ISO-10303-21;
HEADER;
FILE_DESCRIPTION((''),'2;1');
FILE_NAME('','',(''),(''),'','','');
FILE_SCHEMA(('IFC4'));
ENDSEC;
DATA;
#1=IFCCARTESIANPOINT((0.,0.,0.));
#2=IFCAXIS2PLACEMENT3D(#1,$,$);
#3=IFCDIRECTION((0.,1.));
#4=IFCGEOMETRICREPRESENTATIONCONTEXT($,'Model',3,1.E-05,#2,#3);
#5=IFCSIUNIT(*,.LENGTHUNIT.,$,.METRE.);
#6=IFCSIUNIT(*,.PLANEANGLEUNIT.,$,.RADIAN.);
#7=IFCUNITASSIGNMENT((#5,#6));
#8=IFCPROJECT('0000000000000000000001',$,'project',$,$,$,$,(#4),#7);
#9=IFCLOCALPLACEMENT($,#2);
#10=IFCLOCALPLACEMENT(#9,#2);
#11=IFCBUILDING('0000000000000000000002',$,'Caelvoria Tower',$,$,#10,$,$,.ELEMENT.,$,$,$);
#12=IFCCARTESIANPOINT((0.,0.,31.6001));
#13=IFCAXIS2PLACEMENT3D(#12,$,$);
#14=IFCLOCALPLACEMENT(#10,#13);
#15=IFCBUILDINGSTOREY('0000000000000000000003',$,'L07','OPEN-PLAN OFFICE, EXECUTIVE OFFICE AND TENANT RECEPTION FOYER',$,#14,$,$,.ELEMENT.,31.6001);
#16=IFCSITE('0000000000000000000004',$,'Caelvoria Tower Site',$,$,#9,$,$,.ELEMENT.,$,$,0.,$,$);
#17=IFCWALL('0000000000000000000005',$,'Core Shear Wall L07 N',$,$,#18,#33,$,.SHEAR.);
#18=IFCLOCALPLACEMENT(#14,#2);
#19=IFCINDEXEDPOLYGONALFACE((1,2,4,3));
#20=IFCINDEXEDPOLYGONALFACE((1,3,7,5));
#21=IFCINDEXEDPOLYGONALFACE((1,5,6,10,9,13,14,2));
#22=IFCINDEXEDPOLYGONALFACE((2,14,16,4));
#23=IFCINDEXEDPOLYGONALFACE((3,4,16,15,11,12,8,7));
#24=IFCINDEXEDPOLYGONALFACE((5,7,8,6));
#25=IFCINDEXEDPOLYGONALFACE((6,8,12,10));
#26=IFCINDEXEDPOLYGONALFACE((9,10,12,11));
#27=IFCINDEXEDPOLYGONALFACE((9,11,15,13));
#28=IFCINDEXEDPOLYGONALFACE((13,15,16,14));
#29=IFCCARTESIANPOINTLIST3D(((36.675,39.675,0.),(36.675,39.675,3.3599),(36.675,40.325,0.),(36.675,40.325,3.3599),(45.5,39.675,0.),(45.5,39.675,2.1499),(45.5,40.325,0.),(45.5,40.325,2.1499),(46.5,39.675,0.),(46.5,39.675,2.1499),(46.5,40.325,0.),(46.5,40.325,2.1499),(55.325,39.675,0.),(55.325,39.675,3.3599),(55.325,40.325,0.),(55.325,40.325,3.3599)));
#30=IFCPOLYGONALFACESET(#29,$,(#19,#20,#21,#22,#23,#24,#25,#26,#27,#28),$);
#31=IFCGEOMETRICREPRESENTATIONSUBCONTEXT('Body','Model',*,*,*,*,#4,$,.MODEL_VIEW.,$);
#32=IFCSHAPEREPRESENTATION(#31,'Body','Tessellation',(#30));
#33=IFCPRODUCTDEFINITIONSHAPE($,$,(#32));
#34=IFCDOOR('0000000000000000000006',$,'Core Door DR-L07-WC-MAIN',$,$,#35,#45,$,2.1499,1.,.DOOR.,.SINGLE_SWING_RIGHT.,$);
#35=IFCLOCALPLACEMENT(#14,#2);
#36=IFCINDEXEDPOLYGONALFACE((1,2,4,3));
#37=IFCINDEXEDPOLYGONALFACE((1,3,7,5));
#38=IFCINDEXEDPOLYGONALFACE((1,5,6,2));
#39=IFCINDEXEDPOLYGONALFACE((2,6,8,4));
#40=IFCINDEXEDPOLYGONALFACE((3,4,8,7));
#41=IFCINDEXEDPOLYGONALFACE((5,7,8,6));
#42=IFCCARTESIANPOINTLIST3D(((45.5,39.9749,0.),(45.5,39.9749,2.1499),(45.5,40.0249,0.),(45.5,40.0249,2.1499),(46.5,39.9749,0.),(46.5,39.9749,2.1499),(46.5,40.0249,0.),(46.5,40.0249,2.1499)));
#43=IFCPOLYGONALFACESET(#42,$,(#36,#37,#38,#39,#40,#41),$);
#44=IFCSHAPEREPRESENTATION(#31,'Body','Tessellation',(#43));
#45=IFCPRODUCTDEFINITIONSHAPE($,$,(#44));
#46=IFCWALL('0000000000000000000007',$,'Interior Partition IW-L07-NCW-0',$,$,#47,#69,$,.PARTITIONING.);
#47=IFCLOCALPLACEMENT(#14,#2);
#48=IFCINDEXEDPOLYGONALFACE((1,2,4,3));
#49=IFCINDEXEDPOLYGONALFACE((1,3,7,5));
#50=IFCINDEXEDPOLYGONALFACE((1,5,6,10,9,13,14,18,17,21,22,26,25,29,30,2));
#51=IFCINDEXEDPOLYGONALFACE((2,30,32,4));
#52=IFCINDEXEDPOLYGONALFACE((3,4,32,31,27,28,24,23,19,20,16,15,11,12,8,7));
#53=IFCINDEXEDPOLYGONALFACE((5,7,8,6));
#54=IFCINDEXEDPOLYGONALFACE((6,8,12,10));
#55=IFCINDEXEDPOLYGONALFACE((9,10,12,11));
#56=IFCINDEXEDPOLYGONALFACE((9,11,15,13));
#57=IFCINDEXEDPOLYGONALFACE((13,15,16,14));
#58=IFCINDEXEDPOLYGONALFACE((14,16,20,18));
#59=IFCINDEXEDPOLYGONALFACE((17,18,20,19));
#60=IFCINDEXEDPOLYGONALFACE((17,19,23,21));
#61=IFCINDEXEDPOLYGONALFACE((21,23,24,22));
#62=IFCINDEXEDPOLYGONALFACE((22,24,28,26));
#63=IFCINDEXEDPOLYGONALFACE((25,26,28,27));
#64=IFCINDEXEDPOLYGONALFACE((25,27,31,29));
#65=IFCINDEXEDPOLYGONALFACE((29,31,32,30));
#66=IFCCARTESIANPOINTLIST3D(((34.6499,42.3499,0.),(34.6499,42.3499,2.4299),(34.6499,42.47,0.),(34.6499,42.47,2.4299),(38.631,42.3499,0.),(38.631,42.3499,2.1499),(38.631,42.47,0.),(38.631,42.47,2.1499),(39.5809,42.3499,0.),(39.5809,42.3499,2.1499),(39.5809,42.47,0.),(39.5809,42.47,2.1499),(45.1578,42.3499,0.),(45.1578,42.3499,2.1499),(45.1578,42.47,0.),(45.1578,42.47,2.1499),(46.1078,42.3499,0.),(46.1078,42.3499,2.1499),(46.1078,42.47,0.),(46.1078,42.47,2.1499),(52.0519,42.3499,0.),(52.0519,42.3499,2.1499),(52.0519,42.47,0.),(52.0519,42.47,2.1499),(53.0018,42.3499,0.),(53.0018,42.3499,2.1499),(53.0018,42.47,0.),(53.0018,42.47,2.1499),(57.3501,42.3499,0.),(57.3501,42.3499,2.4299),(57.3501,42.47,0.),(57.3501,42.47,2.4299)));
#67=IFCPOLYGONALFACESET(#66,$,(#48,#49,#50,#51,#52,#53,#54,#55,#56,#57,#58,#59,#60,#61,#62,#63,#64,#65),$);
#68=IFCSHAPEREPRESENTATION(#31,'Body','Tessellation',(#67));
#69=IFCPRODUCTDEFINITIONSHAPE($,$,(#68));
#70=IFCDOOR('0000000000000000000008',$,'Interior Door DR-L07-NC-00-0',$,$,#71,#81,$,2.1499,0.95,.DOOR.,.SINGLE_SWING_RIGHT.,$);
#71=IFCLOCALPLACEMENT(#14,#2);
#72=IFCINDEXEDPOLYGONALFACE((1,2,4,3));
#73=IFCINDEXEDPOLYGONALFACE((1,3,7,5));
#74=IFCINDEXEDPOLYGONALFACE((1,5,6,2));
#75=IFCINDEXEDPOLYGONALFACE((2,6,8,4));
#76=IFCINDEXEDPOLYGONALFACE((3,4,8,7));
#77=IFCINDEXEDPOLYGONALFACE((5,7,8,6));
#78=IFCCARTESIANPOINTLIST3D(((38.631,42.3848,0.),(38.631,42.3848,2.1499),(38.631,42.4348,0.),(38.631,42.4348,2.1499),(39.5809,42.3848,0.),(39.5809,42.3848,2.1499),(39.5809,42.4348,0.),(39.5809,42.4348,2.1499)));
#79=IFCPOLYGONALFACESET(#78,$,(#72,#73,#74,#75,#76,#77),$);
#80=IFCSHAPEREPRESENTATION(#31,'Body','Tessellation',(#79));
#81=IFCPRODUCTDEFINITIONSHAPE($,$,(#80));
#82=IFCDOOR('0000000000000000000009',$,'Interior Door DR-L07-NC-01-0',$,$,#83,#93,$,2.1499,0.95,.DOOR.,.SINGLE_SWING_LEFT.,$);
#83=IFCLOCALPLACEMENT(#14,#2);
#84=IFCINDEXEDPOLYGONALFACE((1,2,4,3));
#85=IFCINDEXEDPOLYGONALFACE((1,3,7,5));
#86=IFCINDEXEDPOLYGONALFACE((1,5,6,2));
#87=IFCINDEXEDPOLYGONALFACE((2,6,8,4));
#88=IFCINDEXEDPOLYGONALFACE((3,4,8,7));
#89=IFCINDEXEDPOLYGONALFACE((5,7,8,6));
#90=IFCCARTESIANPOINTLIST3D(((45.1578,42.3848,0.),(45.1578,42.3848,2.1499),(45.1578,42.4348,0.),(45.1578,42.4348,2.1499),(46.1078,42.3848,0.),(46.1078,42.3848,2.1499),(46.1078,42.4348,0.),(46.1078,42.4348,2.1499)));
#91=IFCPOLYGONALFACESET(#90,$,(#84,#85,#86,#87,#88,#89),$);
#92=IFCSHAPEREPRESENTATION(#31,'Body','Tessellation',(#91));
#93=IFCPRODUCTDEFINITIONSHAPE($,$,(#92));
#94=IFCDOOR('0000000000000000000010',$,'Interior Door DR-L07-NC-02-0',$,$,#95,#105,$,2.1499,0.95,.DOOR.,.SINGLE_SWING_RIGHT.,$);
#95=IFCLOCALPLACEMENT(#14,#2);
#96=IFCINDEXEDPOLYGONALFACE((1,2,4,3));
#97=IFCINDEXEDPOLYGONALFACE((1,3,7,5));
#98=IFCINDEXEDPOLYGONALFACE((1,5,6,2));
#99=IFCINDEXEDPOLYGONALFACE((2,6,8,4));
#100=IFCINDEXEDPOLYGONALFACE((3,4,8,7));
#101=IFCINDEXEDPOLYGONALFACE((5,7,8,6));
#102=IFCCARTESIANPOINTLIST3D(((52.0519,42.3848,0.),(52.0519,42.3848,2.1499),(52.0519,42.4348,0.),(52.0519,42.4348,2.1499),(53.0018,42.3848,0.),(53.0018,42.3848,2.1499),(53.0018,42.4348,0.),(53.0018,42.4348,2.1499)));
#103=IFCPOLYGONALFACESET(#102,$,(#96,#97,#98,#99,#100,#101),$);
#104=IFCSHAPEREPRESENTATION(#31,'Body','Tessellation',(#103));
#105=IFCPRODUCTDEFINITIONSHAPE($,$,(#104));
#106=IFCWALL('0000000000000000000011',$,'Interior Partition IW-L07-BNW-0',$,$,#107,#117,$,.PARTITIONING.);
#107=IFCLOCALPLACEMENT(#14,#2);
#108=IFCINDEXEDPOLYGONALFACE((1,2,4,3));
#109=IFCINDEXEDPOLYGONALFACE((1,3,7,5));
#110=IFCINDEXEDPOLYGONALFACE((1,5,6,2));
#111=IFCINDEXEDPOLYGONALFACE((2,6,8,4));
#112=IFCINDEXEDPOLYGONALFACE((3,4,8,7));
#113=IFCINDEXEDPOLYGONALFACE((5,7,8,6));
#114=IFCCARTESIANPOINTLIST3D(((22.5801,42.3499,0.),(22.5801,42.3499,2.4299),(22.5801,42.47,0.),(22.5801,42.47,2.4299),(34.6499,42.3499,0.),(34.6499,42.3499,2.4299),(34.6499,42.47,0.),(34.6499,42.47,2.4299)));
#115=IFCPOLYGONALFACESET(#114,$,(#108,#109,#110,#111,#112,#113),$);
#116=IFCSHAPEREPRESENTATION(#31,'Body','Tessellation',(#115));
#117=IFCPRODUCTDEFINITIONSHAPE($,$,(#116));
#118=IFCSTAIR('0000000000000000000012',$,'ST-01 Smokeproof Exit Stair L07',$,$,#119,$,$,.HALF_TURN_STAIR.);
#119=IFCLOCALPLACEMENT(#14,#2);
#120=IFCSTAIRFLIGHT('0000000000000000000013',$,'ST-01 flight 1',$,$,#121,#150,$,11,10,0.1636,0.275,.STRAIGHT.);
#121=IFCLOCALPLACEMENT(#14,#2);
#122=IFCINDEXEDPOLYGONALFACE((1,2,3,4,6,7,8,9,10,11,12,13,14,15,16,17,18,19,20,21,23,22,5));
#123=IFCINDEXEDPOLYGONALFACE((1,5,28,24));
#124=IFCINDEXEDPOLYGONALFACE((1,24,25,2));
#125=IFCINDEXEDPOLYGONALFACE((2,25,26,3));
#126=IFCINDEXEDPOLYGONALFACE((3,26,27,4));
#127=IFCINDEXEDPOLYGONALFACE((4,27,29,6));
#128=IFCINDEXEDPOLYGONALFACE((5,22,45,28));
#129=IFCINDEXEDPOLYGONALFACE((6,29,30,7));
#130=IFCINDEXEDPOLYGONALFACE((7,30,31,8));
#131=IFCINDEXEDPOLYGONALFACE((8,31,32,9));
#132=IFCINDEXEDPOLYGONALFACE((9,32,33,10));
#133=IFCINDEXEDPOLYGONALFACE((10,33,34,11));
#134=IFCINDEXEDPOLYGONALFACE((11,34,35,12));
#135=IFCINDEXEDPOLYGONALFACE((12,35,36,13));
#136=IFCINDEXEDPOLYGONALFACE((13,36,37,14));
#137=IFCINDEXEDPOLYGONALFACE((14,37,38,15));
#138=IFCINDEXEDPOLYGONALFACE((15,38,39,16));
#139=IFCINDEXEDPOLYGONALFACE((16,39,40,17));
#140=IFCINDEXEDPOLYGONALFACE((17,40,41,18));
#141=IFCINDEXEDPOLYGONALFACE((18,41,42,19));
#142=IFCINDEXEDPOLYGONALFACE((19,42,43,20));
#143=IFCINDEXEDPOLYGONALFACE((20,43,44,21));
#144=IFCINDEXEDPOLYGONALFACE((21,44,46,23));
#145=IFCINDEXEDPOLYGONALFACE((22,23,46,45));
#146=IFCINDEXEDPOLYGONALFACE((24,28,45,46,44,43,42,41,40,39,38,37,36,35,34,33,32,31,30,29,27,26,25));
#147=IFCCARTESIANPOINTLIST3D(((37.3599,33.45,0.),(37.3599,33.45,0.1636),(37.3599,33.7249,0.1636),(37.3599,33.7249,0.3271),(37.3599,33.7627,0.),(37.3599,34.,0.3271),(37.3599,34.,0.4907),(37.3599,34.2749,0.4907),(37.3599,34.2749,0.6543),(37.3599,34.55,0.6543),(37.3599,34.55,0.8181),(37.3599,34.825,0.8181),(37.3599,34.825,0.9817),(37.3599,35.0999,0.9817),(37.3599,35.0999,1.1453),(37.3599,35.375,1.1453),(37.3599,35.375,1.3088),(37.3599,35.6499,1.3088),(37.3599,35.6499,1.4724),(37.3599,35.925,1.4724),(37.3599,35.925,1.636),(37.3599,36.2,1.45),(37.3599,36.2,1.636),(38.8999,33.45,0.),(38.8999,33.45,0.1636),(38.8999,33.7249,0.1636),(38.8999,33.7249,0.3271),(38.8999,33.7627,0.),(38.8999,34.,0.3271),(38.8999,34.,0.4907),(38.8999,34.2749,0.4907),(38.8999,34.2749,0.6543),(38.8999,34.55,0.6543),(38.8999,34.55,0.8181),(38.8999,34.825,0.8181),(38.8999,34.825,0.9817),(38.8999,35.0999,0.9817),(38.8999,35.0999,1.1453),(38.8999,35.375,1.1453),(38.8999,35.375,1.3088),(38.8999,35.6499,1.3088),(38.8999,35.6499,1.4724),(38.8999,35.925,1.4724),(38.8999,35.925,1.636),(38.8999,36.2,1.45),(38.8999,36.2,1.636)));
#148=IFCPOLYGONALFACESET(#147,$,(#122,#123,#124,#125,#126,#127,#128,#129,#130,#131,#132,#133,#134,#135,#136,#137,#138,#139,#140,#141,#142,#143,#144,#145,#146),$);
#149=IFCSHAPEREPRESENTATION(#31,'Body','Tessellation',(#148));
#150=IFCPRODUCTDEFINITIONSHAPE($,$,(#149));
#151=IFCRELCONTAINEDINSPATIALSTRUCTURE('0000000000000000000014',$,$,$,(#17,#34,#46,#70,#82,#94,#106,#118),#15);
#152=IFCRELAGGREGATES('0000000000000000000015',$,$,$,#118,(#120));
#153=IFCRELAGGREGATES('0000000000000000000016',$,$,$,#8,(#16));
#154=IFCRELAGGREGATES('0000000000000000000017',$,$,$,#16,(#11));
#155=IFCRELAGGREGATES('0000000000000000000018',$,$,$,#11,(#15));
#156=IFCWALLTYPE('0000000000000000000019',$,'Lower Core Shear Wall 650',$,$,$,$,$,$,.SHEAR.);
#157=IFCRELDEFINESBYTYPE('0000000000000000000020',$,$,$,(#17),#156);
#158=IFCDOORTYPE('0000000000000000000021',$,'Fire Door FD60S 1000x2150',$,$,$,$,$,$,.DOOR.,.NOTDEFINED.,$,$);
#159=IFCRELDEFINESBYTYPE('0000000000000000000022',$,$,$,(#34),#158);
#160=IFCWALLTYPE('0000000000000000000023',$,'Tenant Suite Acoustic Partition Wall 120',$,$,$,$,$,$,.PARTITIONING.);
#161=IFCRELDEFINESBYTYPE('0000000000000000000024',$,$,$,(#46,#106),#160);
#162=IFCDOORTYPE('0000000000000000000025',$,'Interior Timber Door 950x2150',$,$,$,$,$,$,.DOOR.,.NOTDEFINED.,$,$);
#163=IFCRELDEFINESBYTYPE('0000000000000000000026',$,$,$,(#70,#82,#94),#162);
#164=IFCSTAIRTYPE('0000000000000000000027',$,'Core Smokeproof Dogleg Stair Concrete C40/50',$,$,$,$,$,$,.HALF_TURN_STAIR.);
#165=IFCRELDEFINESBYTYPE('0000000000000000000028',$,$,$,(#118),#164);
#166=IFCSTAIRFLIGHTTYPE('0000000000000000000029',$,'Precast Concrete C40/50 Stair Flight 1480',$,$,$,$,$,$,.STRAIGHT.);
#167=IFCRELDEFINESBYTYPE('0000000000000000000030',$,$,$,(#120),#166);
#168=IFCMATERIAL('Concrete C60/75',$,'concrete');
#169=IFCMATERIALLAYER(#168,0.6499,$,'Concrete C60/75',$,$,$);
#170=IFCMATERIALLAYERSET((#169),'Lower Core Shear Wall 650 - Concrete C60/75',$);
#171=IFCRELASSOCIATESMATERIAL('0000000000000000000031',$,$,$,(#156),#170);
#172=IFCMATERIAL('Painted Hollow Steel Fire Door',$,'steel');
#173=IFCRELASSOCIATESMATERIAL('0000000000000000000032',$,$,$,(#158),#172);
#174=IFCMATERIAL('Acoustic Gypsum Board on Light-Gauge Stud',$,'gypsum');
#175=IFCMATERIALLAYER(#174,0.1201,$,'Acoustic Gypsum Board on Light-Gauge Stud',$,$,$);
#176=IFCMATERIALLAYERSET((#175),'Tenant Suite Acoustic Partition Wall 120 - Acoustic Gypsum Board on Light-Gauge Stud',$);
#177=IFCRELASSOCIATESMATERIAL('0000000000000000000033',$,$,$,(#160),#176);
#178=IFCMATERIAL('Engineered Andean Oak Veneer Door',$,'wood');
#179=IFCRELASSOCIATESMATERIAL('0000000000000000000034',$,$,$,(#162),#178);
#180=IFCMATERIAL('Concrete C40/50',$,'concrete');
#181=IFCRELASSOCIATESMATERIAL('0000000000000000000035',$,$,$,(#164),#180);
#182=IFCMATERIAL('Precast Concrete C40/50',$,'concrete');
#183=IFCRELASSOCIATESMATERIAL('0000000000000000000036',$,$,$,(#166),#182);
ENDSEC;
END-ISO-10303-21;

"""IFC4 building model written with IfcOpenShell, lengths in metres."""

from ifc_helpers import new_model, si_unit, direction, frame, frame_2d, origin, place, context, subcontext, project, spatial, polyline, rectangle, outline, extrude, material, layer, layer_set, type_object, element, fill, aggregate, save


model = new_model("IFC4")

# Units and contexts
model_context = context("Model", 3, precision=1e-05, world=origin(), true_north=direction((0.0, 1.0)))
body_context = subcontext(model_context, "Body", "Model", "MODEL_VIEW")
ifc_project = project(units=[si_unit("LENGTHUNIT", "METRE"), si_unit("PLANEANGLEUNIT", "RADIAN")], contexts=[model_context])

# Site, building, storey
site_placement = place(None, origin())
site = spatial("IfcSite", under=ifc_project, at=site_placement, Name="Caelvoria Tower Site", CompositionType="ELEMENT", RefElevation=0.0)
building_placement = place(site_placement, origin())
building = spatial("IfcBuilding", under=site, at=building_placement, Name="Caelvoria Tower", CompositionType="ELEMENT")
storey_placement = place(building_placement, frame((0.0, 0.0, 31.6001)))
storey = spatial("IfcBuildingStorey", under=building, at=storey_placement, Name="L07", Description="OPEN-PLAN OFFICE, EXECUTIVE OFFICE AND TENANT RECEPTION FOYER", CompositionType="ELEMENT", Elevation=31.6001)

# Wall, opening, door
ifc_material_1 = material(Name="Concrete C60/75", Category="concrete")
ifc_layer_1 = layer(ifc_material_1, 0.6499, Name="Concrete C60/75")
ifc_layer_set_1 = layer_set([ifc_layer_1], Name="Lower Core Shear Wall 650 - Concrete C60/75")
wall_type_1 = type_object("IfcWallType", Name="Lower Core Shear Wall 650", PredefinedType="SHEAR", material=ifc_layer_set_1)
wall_1_placement = place(storey_placement, frame((36.675, 40.0, 0.0), z_axis=(0.0, 0.0, 1.0), x_axis=(1.0, 0.0, 0.0)))
wall_1 = element("IfcWall", 1, at=wall_1_placement, inside=storey, type_object=wall_type_1, Name="Core Shear Wall L07 N", PredefinedType="SHEAR", context=body_context, shape_type="SweptSolid", body=[
    extrude(rectangle(XDim=18.6499, YDim=0.6499, at=frame_2d((9.325, 0.0))), origin(), (0.0, 0.0, 1.0), 3.3599),
])
opening_1_placement = place(wall_1_placement, frame((8.825, 0.0, 0.0)))
opening_1 = element("IfcOpeningElement", 2, at=opening_1_placement, cuts=wall_1, PredefinedType="OPENING", context=body_context, shape_type="SweptSolid", body=[
    extrude(rectangle(XDim=1.0, YDim=2.1499, at=frame_2d((0.5, 1.075))), frame((0.0, 0.335, 0.0), z_axis=(0.0, -1.0, 0.0), x_axis=(1.0, 0.0, 0.0)), (0.0, 0.0, 1.0), 0.6699),
])
ifc_material_2 = material(Name="Painted Hollow Steel Fire Door", Category="steel")
door_type_1 = type_object("IfcDoorType", Name="Fire Door FD60S 1000x2150", OperationType="NOTDEFINED", PredefinedType="DOOR", material=ifc_material_2)
door_1_placement = place(opening_1_placement, origin())
door_1 = element("IfcDoor", 3, at=door_1_placement, inside=storey, type_object=door_type_1, Name="Core Door DR-L07-WC-MAIN", OperationType="SINGLE_SWING_RIGHT", OverallHeight=2.1499, OverallWidth=1.0, PredefinedType="DOOR", context=body_context, shape_type="SweptSolid", body=[
    extrude(rectangle(XDim=1.0, YDim=2.1499, at=frame_2d((0.5, 1.075))), frame((0.0, 0.0249, 0.0), z_axis=(0.0, -1.0, 0.0), x_axis=(1.0, 0.0, 0.0)), (0.0, 0.0, 1.0), 0.05),
])
fill(opening_1, door_1)

# Wall, openings, doors
ifc_material_3 = material(Name="Acoustic Gypsum Board on Light-Gauge Stud", Category="gypsum")
ifc_layer_2 = layer(ifc_material_3, 0.1201, Name="Acoustic Gypsum Board on Light-Gauge Stud")
ifc_layer_set_2 = layer_set([ifc_layer_2], Name="Tenant Suite Acoustic Partition Wall 120 - Acoustic Gypsum Board on Light-Gauge Stud")
wall_type_2 = type_object("IfcWallType", Name="Tenant Suite Acoustic Partition Wall 120", PredefinedType="PARTITIONING", material=ifc_layer_set_2)
wall_2_placement = place(storey_placement, frame((34.6499, 42.4099, 0.0), z_axis=(0.0, 0.0, 1.0), x_axis=(1.0, 0.0, 0.0)))
wall_2 = element("IfcWall", 4, at=wall_2_placement, inside=storey, type_object=wall_type_2, Name="Interior Partition IW-L07-NCW-0", PredefinedType="PARTITIONING", context=body_context, shape_type="SweptSolid", body=[
    extrude(rectangle(XDim=22.7002, YDim=0.1201, at=frame_2d((11.3501, 0.0))), origin(), (0.0, 0.0, 1.0), 2.4299),
])
opening_2_placement = place(wall_2_placement, frame((3.981, 0.0, 0.0)))
opening_2 = element("IfcOpeningElement", 5, at=opening_2_placement, cuts=wall_2, PredefinedType="OPENING", context=body_context, shape_type="SweptSolid", body=[
    extrude(rectangle(XDim=0.95, YDim=2.1499, at=frame_2d((0.4751, 1.075))), frame((0.0, 0.0701, 0.0), z_axis=(0.0, -1.0, 0.0), x_axis=(1.0, 0.0, 0.0)), (0.0, 0.0, 1.0), 0.1401),
])
opening_3_placement = place(wall_2_placement, frame((10.5078, 0.0, 0.0)))
opening_3 = element("IfcOpeningElement", 6, at=opening_3_placement, cuts=wall_2, PredefinedType="OPENING", context=body_context, shape_type="SweptSolid", body=[
    extrude(rectangle(XDim=0.95, YDim=2.1499, at=frame_2d((0.4751, 1.075))), frame((0.0, 0.0701, 0.0), z_axis=(0.0, -1.0, 0.0), x_axis=(1.0, 0.0, 0.0)), (0.0, 0.0, 1.0), 0.1401),
])
opening_4_placement = place(wall_2_placement, frame((17.4019, 0.0, 0.0)))
opening_4 = element("IfcOpeningElement", 7, at=opening_4_placement, cuts=wall_2, PredefinedType="OPENING", context=body_context, shape_type="SweptSolid", body=[
    extrude(rectangle(XDim=0.95, YDim=2.1499, at=frame_2d((0.4751, 1.075))), frame((0.0, 0.0701, 0.0), z_axis=(0.0, -1.0, 0.0), x_axis=(1.0, 0.0, 0.0)), (0.0, 0.0, 1.0), 0.1401),
])
ifc_material_4 = material(Name="Engineered Andean Oak Veneer Door", Category="wood")
door_type_2 = type_object("IfcDoorType", Name="Interior Timber Door 950x2150", OperationType="NOTDEFINED", PredefinedType="DOOR", material=ifc_material_4)
door_2_placement = place(opening_2_placement, origin())
door_2 = element("IfcDoor", 8, at=door_2_placement, inside=storey, type_object=door_type_2, Name="Interior Door DR-L07-NC-00-0", OperationType="SINGLE_SWING_RIGHT", OverallHeight=2.1499, OverallWidth=0.95, PredefinedType="DOOR", context=body_context, shape_type="SweptSolid", body=[
    extrude(rectangle(XDim=0.95, YDim=2.1499, at=frame_2d((0.4751, 1.075))), frame((0.0, 0.0249, 0.0), z_axis=(0.0, -1.0, 0.0), x_axis=(1.0, 0.0, 0.0)), (0.0, 0.0, 1.0), 0.05),
])
fill(opening_2, door_2)
door_3_placement = place(opening_3_placement, origin())
door_3 = element("IfcDoor", 9, at=door_3_placement, inside=storey, type_object=door_type_2, Name="Interior Door DR-L07-NC-01-0", OperationType="SINGLE_SWING_LEFT", OverallHeight=2.1499, OverallWidth=0.95, PredefinedType="DOOR", context=body_context, shape_type="SweptSolid", body=[
    extrude(rectangle(XDim=0.95, YDim=2.1499, at=frame_2d((0.4751, 1.075))), frame((0.0, 0.0249, 0.0), z_axis=(0.0, -1.0, 0.0), x_axis=(1.0, 0.0, 0.0)), (0.0, 0.0, 1.0), 0.05),
])
fill(opening_3, door_3)
door_4_placement = place(opening_4_placement, origin())
door_4 = element("IfcDoor", 10, at=door_4_placement, inside=storey, type_object=door_type_2, Name="Interior Door DR-L07-NC-02-0", OperationType="SINGLE_SWING_RIGHT", OverallHeight=2.1499, OverallWidth=0.95, PredefinedType="DOOR", context=body_context, shape_type="SweptSolid", body=[
    extrude(rectangle(XDim=0.95, YDim=2.1499, at=frame_2d((0.4751, 1.075))), frame((0.0, 0.0249, 0.0), z_axis=(0.0, -1.0, 0.0), x_axis=(1.0, 0.0, 0.0)), (0.0, 0.0, 1.0), 0.05),
])
fill(opening_4, door_4)

# Wall
wall_3_placement = place(storey_placement, frame((34.6499, 42.4099, 0.0), z_axis=(0.0, 0.0, 1.0), x_axis=(-1.0, 0.0, 0.0)))
element("IfcWall", 11, at=wall_3_placement, inside=storey, type_object=wall_type_2, Name="Interior Partition IW-L07-BNW-0", PredefinedType="PARTITIONING", context=body_context, shape_type="SweptSolid", body=[
    extrude(rectangle(XDim=12.0698, YDim=0.1201, at=frame_2d((6.0349, 0.0))), origin(), (0.0, 0.0, 1.0), 2.4299),
])

# Stair, stair flight
ifc_material_5 = material(Name="Concrete C40/50", Category="concrete")
stair_type = type_object("IfcStairType", Name="Core Smokeproof Dogleg Stair Concrete C40/50", PredefinedType="HALF_TURN_STAIR", material=ifc_material_5)
stair_placement = place(storey_placement, origin())
stair = element("IfcStair", 12, at=stair_placement, inside=storey, type_object=stair_type, Name="ST-01 Smokeproof Exit Stair L07", PredefinedType="HALF_TURN_STAIR")
ifc_material_6 = material(Name="Precast Concrete C40/50", Category="concrete")
stair_flight_type = type_object("IfcStairFlightType", Name="Precast Concrete C40/50 Stair Flight 1480", PredefinedType="STRAIGHT", material=ifc_material_6)
stair_flight_1_placement = place(storey_placement, frame((38.1299, 33.45, 0.0), z_axis=(0.0, 0.0, 1.0), x_axis=(0.0, 1.0, 0.0)))
stair_flight_1 = element("IfcStairFlight", 13, at=stair_flight_1_placement, type_object=stair_flight_type, Name="ST-01 flight 1", NumberOfRisers=11, NumberOfTreads=10, PredefinedType="STRAIGHT", RiserHeight=0.1636, TreadLength=0.275, context=body_context, shape_type="SweptSolid", body=[
    extrude(outline(polyline([(0.0, 0.0), (0.0, 0.1636), (0.2749, 0.1636), (0.2749, 0.3271), (0.55, 0.3271), (0.55, 0.4907), (0.825, 0.4907), (0.825, 0.6543), (1.1001, 0.6543), (1.1001, 0.8181), (1.375, 0.8181), (1.375, 0.9817), (1.6499, 0.9817), (1.6499, 1.1453), (1.925, 1.1453), (1.925, 1.3088), (2.2, 1.3088), (2.2, 1.4724), (2.4751, 1.4724), (2.4751, 1.636), (2.75, 1.636), (2.75, 1.7996), (2.75, 1.45), (0.3127, 0.0), (0.0, 0.0)])), frame((0.0, 0.77, 0.0), z_axis=(0.0, -1.0, 0.0), x_axis=(1.0, 0.0, 0.0)), (0.0, 0.0, 1.0), 1.54),
])
aggregate(stair, [stair_flight_1])

save(model, "model.ifc")
